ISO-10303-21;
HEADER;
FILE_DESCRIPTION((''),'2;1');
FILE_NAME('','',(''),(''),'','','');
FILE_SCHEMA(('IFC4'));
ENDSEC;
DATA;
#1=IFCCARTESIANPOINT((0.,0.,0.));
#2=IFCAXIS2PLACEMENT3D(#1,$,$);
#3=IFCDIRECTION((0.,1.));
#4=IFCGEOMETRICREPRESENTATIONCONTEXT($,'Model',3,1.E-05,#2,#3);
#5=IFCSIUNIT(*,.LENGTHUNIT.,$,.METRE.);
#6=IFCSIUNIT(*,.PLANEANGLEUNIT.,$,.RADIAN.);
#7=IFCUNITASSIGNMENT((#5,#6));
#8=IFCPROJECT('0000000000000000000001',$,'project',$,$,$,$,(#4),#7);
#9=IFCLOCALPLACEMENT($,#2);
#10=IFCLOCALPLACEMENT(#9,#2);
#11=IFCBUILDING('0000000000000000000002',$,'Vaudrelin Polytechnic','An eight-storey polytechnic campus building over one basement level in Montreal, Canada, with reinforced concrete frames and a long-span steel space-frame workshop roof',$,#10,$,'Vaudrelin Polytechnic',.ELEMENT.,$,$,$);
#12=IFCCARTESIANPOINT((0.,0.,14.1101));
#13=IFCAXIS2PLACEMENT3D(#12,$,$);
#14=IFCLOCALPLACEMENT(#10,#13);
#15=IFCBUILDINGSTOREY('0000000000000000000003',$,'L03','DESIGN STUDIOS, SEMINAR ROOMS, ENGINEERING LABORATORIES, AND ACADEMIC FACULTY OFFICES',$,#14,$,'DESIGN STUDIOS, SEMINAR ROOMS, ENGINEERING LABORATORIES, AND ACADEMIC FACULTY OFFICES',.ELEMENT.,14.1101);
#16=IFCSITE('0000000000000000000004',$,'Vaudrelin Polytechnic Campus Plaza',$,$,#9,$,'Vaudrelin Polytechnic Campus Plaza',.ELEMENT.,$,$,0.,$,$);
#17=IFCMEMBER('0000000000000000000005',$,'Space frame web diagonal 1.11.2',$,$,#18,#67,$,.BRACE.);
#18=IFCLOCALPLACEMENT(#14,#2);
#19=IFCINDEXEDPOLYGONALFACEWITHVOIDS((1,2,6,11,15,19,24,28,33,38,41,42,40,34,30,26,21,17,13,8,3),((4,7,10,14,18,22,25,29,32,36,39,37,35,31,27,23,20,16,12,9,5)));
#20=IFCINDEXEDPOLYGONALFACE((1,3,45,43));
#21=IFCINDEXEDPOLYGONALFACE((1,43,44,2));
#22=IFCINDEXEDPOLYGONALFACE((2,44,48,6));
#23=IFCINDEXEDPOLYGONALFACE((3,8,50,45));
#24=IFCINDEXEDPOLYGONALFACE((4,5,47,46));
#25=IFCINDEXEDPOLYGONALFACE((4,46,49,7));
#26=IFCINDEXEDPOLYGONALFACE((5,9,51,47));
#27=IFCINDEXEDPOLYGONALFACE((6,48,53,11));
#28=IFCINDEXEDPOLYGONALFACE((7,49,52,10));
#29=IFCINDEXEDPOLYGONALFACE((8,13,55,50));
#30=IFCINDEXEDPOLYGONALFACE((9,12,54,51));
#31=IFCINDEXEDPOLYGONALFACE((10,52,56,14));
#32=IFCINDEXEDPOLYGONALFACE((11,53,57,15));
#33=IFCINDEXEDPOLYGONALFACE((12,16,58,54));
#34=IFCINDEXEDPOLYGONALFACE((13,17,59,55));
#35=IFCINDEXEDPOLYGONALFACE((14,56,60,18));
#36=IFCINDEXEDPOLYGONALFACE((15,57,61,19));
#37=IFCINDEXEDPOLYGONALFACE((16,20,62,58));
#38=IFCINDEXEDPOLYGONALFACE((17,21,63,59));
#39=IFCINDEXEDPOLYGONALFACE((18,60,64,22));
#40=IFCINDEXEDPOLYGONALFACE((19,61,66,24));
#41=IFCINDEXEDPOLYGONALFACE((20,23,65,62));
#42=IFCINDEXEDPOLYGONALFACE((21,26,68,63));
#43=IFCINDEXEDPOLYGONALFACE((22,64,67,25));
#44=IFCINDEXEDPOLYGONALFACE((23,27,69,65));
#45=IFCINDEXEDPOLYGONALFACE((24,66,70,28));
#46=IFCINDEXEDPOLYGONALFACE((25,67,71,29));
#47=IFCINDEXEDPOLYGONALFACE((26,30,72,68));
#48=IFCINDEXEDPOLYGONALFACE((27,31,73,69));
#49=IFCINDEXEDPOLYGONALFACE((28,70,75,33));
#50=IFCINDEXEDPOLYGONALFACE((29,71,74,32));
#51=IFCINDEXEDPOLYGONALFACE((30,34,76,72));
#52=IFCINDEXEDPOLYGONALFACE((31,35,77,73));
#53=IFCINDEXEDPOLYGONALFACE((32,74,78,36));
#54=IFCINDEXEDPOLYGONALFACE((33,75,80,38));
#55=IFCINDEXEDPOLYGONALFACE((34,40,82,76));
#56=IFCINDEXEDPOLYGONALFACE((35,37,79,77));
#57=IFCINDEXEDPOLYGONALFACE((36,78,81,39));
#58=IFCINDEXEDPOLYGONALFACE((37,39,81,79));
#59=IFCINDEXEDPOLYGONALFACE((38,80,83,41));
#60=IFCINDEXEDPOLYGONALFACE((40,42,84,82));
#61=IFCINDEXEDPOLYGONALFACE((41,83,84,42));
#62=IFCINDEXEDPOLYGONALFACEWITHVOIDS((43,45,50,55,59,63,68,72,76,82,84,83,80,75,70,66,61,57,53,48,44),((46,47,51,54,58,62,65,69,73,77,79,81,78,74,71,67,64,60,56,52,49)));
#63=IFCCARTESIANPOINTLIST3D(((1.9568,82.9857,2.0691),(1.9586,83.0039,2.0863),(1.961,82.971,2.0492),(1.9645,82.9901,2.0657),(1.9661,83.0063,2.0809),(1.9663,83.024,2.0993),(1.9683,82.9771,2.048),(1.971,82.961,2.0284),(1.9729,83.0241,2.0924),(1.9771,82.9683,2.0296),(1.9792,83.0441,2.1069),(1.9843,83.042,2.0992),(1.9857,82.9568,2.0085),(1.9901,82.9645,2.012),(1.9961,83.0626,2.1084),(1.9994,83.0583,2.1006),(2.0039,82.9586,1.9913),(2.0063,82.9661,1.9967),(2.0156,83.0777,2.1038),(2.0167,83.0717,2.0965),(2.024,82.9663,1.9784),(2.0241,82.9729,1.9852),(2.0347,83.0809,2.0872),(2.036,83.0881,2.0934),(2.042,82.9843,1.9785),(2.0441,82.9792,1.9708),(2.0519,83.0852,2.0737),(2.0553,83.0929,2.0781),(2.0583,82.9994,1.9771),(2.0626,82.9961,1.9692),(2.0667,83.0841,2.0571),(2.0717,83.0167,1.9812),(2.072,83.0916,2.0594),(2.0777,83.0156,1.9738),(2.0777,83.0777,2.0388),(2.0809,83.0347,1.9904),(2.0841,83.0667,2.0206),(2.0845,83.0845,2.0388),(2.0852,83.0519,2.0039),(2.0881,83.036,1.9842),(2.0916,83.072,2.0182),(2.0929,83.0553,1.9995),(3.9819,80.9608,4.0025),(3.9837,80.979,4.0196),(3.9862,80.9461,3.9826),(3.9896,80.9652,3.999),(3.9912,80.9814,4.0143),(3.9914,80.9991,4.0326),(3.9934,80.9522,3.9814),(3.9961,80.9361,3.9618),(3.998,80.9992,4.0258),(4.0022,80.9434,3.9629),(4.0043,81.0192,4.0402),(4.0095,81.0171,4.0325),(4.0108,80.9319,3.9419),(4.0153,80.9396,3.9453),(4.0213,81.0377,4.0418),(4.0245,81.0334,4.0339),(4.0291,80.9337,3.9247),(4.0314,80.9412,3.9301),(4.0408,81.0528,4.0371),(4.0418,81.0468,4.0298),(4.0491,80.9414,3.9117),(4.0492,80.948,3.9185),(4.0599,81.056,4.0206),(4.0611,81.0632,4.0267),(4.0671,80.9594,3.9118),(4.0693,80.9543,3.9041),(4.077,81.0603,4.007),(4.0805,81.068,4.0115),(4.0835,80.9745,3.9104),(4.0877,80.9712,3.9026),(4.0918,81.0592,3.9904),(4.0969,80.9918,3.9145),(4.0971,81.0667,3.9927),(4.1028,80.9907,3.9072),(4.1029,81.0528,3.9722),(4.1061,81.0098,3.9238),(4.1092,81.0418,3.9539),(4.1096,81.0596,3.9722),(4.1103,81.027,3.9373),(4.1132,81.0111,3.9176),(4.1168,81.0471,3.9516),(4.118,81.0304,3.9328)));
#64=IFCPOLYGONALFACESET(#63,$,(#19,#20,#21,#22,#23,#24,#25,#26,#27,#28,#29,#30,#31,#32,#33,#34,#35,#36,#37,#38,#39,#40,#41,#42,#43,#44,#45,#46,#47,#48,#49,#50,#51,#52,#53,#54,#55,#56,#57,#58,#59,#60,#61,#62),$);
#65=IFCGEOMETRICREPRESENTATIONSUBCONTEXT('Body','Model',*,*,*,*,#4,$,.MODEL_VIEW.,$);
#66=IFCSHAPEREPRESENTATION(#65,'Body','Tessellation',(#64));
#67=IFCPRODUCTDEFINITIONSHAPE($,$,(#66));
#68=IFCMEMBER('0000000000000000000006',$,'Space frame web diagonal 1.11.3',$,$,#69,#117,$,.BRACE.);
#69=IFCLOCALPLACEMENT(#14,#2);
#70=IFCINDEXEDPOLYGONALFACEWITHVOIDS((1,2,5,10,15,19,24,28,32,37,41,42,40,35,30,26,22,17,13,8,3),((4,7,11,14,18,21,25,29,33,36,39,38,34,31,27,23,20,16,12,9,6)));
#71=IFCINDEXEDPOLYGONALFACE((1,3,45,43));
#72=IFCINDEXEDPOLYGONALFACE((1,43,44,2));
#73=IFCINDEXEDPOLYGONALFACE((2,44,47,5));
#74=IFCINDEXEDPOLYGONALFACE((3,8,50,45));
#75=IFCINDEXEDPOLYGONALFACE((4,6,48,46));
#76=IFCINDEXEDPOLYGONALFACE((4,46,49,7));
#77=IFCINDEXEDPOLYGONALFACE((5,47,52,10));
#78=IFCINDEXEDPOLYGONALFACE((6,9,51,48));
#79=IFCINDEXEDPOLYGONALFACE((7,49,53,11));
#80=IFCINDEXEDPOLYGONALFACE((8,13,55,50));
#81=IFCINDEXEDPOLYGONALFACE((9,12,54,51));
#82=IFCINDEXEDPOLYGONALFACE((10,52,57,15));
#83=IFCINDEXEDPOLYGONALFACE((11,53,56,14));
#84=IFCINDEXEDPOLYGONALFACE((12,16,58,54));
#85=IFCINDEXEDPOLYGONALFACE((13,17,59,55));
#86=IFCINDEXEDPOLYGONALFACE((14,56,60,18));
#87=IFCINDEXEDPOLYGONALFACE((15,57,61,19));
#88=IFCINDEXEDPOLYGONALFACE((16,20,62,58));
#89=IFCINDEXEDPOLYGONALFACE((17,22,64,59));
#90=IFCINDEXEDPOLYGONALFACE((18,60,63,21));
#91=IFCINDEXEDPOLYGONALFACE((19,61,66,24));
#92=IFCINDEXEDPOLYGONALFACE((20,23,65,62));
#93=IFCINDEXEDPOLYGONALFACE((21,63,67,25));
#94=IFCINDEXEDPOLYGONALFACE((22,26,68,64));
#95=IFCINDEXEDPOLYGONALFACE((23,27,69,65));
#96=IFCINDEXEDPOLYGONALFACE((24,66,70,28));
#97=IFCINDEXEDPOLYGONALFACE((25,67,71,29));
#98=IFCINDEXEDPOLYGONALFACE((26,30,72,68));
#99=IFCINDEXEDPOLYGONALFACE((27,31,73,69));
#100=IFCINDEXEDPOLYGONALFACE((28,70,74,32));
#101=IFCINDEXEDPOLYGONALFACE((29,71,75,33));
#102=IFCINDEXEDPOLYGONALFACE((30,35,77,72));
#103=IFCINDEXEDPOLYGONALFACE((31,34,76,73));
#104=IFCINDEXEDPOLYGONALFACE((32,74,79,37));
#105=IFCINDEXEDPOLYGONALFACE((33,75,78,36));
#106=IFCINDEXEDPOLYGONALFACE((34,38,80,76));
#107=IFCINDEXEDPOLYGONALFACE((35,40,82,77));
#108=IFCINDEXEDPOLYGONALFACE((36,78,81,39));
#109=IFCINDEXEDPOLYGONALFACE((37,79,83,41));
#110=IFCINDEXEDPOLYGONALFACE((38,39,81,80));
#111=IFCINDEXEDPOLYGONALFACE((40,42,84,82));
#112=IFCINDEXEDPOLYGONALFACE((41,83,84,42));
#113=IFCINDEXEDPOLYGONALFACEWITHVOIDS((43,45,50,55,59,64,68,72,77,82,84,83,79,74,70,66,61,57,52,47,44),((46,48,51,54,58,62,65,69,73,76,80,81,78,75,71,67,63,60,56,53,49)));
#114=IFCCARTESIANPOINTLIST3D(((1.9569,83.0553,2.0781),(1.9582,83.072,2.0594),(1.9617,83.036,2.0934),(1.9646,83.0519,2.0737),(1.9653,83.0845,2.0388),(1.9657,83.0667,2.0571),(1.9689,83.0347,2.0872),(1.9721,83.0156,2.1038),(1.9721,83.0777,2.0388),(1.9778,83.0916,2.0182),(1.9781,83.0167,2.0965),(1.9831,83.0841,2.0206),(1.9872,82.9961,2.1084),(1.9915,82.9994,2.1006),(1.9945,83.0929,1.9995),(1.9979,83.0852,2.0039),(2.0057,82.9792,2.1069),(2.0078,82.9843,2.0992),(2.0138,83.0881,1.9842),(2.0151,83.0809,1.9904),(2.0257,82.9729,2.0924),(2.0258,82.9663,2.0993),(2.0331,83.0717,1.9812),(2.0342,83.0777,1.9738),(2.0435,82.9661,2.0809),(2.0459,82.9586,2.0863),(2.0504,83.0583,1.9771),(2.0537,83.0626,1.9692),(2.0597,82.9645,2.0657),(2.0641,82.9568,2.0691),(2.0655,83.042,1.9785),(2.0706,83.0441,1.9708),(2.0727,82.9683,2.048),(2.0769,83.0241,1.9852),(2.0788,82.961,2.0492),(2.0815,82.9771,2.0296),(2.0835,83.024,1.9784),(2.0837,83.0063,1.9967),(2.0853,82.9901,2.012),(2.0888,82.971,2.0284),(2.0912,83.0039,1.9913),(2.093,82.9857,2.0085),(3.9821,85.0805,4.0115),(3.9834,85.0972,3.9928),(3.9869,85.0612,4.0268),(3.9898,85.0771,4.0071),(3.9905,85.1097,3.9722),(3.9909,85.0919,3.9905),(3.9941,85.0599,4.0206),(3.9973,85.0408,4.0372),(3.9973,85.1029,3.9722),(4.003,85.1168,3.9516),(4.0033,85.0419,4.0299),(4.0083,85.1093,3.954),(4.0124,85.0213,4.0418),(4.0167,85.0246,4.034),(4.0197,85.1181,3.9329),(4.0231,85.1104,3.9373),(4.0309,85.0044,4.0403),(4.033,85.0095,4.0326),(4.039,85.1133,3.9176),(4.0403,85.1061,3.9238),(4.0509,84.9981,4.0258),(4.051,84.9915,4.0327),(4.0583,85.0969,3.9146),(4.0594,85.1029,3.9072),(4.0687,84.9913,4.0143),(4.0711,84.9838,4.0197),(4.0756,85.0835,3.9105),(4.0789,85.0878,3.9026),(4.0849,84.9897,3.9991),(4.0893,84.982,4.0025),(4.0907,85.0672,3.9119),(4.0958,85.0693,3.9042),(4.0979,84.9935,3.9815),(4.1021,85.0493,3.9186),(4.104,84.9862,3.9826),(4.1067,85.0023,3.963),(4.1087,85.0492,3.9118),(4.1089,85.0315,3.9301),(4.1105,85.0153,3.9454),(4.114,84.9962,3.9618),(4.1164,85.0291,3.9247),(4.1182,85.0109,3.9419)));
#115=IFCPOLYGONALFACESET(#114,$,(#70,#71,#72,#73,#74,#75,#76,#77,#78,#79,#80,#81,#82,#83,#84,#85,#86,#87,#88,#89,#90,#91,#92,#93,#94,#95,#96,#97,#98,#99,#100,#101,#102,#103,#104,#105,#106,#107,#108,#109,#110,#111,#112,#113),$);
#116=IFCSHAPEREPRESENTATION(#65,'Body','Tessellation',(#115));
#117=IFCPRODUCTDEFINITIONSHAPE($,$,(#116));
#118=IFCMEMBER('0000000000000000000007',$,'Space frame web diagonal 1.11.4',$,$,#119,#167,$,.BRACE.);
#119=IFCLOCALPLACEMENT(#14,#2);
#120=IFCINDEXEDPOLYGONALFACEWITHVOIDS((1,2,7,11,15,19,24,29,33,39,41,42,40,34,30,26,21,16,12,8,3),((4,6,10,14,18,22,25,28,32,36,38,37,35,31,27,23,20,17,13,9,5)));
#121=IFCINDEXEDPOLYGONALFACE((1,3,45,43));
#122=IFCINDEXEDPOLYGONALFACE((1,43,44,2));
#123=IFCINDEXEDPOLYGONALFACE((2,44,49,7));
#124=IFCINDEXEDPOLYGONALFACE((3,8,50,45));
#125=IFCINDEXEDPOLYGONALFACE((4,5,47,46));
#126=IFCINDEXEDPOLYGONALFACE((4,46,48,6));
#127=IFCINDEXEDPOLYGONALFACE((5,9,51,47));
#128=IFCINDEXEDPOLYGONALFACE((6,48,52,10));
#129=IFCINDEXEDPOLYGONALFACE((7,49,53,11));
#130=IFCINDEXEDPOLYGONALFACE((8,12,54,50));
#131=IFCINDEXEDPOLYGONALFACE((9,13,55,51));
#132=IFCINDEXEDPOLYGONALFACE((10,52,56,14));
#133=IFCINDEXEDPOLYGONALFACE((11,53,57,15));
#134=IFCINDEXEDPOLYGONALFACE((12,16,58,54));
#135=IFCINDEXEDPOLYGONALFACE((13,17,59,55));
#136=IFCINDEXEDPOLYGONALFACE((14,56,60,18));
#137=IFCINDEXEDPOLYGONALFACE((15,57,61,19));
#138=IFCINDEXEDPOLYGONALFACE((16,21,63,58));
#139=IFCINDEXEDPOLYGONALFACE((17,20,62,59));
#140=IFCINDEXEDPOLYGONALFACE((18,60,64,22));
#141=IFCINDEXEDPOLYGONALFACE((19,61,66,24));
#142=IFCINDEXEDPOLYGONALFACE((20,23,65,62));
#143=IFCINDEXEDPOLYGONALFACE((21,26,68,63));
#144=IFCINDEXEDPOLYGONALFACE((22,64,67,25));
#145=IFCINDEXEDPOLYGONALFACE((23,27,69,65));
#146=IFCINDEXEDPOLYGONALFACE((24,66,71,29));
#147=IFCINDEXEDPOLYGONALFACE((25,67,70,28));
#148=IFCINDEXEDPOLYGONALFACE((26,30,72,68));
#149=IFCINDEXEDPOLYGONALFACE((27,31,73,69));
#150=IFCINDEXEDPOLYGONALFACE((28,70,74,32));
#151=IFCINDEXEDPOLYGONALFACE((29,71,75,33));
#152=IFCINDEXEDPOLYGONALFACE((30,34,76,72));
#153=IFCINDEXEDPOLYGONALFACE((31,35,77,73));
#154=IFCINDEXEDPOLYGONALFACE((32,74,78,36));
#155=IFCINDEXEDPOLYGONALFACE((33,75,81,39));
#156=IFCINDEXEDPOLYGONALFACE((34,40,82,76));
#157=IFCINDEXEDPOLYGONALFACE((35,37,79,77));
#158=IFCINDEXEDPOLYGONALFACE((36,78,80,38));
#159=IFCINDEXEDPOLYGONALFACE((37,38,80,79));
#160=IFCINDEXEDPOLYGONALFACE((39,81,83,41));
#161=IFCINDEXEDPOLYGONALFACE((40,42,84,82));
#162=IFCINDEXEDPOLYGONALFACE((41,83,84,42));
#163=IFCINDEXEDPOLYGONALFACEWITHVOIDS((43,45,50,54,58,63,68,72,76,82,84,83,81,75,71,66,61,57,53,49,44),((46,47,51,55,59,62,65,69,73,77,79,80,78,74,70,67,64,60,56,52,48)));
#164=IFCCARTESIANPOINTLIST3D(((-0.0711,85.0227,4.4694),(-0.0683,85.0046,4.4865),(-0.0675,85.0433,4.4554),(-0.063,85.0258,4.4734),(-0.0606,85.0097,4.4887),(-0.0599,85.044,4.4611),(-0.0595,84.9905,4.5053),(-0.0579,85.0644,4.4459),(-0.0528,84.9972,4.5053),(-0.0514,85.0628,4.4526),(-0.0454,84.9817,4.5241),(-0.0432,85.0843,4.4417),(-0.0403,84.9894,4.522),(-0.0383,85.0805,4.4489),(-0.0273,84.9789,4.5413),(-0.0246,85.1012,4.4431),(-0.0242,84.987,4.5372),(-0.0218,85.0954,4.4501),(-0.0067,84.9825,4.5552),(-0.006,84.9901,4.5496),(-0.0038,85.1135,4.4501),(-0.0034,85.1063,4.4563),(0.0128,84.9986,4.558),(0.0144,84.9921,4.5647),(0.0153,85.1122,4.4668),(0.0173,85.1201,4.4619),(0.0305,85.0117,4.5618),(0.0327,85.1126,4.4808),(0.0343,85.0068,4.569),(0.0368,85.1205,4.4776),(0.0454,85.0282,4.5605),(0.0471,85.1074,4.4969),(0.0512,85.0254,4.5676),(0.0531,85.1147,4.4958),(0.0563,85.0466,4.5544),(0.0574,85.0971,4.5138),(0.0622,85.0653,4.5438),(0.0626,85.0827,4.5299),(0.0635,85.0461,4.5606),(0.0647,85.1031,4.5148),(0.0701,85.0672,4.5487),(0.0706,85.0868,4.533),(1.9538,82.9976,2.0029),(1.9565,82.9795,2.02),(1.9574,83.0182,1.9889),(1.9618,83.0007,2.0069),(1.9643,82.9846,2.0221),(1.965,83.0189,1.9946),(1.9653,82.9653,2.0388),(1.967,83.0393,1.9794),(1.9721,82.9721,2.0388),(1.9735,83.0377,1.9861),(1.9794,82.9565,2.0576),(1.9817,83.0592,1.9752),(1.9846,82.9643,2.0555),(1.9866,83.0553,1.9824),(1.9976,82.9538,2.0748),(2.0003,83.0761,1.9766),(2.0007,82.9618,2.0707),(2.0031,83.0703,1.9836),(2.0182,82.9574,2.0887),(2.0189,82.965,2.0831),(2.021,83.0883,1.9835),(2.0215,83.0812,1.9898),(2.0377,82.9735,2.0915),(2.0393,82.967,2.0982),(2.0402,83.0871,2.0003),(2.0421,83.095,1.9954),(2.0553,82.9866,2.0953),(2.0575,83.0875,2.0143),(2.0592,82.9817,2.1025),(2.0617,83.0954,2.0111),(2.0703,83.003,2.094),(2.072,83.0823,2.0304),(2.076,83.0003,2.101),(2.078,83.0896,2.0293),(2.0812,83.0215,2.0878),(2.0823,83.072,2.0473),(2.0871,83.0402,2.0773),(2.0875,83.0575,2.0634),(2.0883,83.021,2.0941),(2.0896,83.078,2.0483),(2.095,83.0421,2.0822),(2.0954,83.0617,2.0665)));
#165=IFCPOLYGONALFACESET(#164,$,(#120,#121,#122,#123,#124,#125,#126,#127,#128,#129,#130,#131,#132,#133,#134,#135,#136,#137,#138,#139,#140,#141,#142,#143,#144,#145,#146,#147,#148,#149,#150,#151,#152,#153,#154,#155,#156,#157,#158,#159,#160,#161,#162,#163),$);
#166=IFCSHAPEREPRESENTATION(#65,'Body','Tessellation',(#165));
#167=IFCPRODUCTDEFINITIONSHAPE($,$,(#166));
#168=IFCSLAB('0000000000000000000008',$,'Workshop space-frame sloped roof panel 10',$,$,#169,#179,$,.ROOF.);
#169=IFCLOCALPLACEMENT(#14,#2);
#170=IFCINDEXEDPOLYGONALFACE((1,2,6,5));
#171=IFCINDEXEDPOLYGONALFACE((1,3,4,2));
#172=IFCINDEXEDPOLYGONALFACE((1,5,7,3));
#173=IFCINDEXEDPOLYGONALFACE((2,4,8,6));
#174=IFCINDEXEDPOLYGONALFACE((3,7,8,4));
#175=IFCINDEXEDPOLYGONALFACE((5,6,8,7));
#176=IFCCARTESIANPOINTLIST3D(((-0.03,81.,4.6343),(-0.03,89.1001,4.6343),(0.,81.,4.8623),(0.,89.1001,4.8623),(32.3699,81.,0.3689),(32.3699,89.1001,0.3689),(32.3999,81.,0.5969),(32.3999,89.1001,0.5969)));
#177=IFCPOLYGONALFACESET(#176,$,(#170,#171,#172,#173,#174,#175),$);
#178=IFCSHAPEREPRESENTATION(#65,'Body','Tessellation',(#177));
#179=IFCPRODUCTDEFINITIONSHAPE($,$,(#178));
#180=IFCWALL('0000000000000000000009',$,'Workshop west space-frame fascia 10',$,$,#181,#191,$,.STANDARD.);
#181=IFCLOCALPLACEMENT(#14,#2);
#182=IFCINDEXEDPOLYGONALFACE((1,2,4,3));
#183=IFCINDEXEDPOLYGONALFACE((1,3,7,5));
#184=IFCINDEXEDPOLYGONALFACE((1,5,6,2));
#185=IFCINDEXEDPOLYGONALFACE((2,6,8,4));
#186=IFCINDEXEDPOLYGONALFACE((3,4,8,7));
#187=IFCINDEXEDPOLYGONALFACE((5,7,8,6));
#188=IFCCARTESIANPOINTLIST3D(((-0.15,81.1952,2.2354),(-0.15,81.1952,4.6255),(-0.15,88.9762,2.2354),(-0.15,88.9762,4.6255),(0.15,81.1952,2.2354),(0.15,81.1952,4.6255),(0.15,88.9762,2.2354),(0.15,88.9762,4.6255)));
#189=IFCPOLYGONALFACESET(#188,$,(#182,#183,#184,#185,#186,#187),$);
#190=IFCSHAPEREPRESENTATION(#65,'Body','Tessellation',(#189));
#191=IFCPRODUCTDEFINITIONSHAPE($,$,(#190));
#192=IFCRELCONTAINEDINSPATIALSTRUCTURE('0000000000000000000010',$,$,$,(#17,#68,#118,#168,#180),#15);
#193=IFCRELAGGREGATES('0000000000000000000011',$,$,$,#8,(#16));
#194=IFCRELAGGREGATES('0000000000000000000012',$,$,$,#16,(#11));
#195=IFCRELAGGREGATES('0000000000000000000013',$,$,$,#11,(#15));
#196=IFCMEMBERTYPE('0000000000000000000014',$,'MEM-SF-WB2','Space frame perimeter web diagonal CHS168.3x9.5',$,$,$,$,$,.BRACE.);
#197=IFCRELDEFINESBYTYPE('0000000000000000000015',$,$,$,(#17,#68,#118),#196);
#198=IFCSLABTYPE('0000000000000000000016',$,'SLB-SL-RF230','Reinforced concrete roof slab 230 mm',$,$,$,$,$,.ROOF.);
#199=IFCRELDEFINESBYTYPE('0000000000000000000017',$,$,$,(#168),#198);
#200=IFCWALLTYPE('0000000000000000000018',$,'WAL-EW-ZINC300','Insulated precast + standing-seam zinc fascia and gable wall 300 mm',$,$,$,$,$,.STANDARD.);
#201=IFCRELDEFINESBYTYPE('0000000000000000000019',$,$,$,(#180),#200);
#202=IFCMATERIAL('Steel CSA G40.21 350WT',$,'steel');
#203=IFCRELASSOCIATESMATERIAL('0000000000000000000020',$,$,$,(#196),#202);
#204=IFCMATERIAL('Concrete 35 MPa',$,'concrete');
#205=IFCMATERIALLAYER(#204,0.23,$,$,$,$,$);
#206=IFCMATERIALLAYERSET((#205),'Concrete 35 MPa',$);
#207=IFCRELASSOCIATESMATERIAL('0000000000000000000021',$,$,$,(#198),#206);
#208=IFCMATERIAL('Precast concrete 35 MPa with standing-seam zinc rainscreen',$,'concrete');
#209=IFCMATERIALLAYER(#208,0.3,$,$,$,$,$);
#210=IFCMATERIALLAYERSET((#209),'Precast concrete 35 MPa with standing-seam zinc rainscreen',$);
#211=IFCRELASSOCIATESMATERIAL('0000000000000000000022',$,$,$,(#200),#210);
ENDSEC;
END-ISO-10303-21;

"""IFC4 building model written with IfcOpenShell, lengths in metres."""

from ifc_helpers import new_model, si_unit, direction, frame, frame_2d, origin, origin_2d, place, context, subcontext, project, spatial, polyline, rectangle, hollow_circle, outline, extrude, material, layer, layer_set, material_profile, profile_set, type_object, element, save


model = new_model("IFC4")

# Units and contexts
model_context = context("Model", 3, precision=1e-05, world=origin(), true_north=direction((0.0, 1.0)))
body_context = subcontext(model_context, "Body", "Model", "MODEL_VIEW")
ifc_project = project(units=[si_unit("LENGTHUNIT", "METRE"), si_unit("PLANEANGLEUNIT", "RADIAN")], contexts=[model_context])

# Site, building, storey
site_placement = place(None, origin())
site = spatial("IfcSite", under=ifc_project, at=site_placement, Name="Vaudrelin Polytechnic Campus Plaza", LongName="Vaudrelin Polytechnic Campus Plaza", CompositionType="ELEMENT", RefElevation=0.0)
building_placement = place(site_placement, origin())
building = spatial("IfcBuilding", under=site, at=building_placement, Name="Vaudrelin Polytechnic", Description="An eight-storey polytechnic campus building over one basement level in Montreal, Canada, with reinforced concrete frames and a long-span steel space-frame workshop roof", LongName="Vaudrelin Polytechnic", CompositionType="ELEMENT")
storey_placement = place(building_placement, frame((0.0, 0.0, 14.1101)))
storey = spatial("IfcBuildingStorey", under=building, at=storey_placement, Name="L03", Description="DESIGN STUDIOS, SEMINAR ROOMS, ENGINEERING LABORATORIES, AND ACADEMIC FACULTY OFFICES", LongName="DESIGN STUDIOS, SEMINAR ROOMS, ENGINEERING LABORATORIES, AND ACADEMIC FACULTY OFFICES", CompositionType="ELEMENT", Elevation=14.1101)

# Members
ifc_material_1 = material(Name="Steel CSA G40.21 350WT", Category="steel")
ifc_material_profile_1 = material_profile(ifc_material_1, hollow_circle(Radius=0.0842, WallThickness=0.0095, at=origin_2d()), Name="CHS168.3x9.5")
ifc_profile_set_1 = profile_set([ifc_material_profile_1], Name="Steel CSA G40.21 350WT")
member_type_1 = type_object("IfcMemberType", Name="MEM-SF-WB2", Description="Space frame perimeter web diagonal CHS168.3x9.5", PredefinedType="BRACE", material=ifc_profile_set_1)
member_1_placement = place(storey_placement, frame((2.0249, 83.0249, 2.0388), z_axis=(0.586094, -0.586023, 0.559527), x_axis=(0.707064, 0.707149, 0.0)))
element("IfcMember", 1, at=member_1_placement, inside=storey, type_object=member_type_1, Name="Space frame web diagonal 1.11.2", PredefinedType="BRACE", context=body_context, shape_type="SweptSolid", body=[
    extrude(hollow_circle(Radius=0.0842, WallThickness=0.0095, at=origin_2d()), origin(), (0.0, 0.0, 1.0), 3.4553),
])
member_2_placement = place(storey_placement, frame((2.0249, 83.0249, 2.0388), z_axis=(0.58607, 0.58607, 0.559504), x_axis=(-0.707107, 0.707107, 0.0)))
element("IfcMember", 2, at=member_2_placement, inside=storey, type_object=member_type_1, Name="Space frame web diagonal 1.11.3", PredefinedType="BRACE", context=body_context, shape_type="SweptSolid", body=[
    extrude(hollow_circle(Radius=0.0842, WallThickness=0.0095, at=origin_2d()), origin(), (0.0, 0.0, 1.0), 3.4556),
])
member_3_placement = place(storey_placement, frame((2.0249, 83.0249, 2.0388), z_axis=(-0.535746, 0.535811, 0.652597), x_axis=(-0.707149, -0.707064, 0.0)))
element("IfcMember", 3, at=member_3_placement, inside=storey, type_object=member_type_1, Name="Space frame web diagonal 1.11.4", PredefinedType="BRACE", context=body_context, shape_type="SweptSolid", body=[
    extrude(hollow_circle(Radius=0.0842, WallThickness=0.0095, at=origin_2d()), origin(), (0.0, 0.0, 1.0), 3.7795),
])

# Slab
ifc_material_2 = material(Name="Concrete 35 MPa", Category="concrete")
ifc_layer_1 = layer(ifc_material_2, 0.23)
ifc_layer_set_1 = layer_set([ifc_layer_1], Name="Concrete 35 MPa")
slab_type = type_object("IfcSlabType", Name="SLB-SL-RF230", Description="Reinforced concrete roof slab 230 mm", PredefinedType="ROOF", material=ifc_layer_set_1)
slab_placement = place(storey_placement, frame((0.0, 81.0, 4.8623), z_axis=(0.130522, 0.0, 0.991445), x_axis=(0.991445, 0.0, -0.130522)))
element("IfcSlab", 4, at=slab_placement, inside=storey, type_object=slab_type, Name="Workshop space-frame sloped roof panel 10", PredefinedType="ROOF", context=body_context, shape_type="SweptSolid", body=[
    extrude(outline(polyline([(0.0, 0.0), (32.6795, 0.0), (32.6795, 8.1001), (0.0, 8.1001), (0.0, 0.0)])), origin(), (0.0, 0.0, -1.0), 0.23),
])

# Wall
ifc_material_3 = material(Name="Precast concrete 35 MPa with standing-seam zinc rainscreen", Category="concrete")
ifc_layer_2 = layer(ifc_material_3, 0.3)
ifc_layer_set_2 = layer_set([ifc_layer_2], Name="Precast concrete 35 MPa with standing-seam zinc rainscreen")
wall_type = type_object("IfcWallType", Name="WAL-EW-ZINC300", Description="Insulated precast + standing-seam zinc fascia and gable wall 300 mm", PredefinedType="STANDARD", material=ifc_layer_set_2)
wall_placement = place(storey_placement, frame((0.0, 81.1951, 2.2354), z_axis=(0.0, 0.0, 1.0), x_axis=(0.0, 1.0, 0.0)))
element("IfcWall", 5, at=wall_placement, inside=storey, type_object=wall_type, Name="Workshop west space-frame fascia 10", PredefinedType="STANDARD", context=body_context, shape_type="SweptSolid", body=[
    extrude(rectangle(XDim=7.781, YDim=0.3, at=frame_2d((3.8906, 0.0))), origin(), (0.0, 0.0, 1.0), 2.3901),
])

save(model, "model.ifc")
